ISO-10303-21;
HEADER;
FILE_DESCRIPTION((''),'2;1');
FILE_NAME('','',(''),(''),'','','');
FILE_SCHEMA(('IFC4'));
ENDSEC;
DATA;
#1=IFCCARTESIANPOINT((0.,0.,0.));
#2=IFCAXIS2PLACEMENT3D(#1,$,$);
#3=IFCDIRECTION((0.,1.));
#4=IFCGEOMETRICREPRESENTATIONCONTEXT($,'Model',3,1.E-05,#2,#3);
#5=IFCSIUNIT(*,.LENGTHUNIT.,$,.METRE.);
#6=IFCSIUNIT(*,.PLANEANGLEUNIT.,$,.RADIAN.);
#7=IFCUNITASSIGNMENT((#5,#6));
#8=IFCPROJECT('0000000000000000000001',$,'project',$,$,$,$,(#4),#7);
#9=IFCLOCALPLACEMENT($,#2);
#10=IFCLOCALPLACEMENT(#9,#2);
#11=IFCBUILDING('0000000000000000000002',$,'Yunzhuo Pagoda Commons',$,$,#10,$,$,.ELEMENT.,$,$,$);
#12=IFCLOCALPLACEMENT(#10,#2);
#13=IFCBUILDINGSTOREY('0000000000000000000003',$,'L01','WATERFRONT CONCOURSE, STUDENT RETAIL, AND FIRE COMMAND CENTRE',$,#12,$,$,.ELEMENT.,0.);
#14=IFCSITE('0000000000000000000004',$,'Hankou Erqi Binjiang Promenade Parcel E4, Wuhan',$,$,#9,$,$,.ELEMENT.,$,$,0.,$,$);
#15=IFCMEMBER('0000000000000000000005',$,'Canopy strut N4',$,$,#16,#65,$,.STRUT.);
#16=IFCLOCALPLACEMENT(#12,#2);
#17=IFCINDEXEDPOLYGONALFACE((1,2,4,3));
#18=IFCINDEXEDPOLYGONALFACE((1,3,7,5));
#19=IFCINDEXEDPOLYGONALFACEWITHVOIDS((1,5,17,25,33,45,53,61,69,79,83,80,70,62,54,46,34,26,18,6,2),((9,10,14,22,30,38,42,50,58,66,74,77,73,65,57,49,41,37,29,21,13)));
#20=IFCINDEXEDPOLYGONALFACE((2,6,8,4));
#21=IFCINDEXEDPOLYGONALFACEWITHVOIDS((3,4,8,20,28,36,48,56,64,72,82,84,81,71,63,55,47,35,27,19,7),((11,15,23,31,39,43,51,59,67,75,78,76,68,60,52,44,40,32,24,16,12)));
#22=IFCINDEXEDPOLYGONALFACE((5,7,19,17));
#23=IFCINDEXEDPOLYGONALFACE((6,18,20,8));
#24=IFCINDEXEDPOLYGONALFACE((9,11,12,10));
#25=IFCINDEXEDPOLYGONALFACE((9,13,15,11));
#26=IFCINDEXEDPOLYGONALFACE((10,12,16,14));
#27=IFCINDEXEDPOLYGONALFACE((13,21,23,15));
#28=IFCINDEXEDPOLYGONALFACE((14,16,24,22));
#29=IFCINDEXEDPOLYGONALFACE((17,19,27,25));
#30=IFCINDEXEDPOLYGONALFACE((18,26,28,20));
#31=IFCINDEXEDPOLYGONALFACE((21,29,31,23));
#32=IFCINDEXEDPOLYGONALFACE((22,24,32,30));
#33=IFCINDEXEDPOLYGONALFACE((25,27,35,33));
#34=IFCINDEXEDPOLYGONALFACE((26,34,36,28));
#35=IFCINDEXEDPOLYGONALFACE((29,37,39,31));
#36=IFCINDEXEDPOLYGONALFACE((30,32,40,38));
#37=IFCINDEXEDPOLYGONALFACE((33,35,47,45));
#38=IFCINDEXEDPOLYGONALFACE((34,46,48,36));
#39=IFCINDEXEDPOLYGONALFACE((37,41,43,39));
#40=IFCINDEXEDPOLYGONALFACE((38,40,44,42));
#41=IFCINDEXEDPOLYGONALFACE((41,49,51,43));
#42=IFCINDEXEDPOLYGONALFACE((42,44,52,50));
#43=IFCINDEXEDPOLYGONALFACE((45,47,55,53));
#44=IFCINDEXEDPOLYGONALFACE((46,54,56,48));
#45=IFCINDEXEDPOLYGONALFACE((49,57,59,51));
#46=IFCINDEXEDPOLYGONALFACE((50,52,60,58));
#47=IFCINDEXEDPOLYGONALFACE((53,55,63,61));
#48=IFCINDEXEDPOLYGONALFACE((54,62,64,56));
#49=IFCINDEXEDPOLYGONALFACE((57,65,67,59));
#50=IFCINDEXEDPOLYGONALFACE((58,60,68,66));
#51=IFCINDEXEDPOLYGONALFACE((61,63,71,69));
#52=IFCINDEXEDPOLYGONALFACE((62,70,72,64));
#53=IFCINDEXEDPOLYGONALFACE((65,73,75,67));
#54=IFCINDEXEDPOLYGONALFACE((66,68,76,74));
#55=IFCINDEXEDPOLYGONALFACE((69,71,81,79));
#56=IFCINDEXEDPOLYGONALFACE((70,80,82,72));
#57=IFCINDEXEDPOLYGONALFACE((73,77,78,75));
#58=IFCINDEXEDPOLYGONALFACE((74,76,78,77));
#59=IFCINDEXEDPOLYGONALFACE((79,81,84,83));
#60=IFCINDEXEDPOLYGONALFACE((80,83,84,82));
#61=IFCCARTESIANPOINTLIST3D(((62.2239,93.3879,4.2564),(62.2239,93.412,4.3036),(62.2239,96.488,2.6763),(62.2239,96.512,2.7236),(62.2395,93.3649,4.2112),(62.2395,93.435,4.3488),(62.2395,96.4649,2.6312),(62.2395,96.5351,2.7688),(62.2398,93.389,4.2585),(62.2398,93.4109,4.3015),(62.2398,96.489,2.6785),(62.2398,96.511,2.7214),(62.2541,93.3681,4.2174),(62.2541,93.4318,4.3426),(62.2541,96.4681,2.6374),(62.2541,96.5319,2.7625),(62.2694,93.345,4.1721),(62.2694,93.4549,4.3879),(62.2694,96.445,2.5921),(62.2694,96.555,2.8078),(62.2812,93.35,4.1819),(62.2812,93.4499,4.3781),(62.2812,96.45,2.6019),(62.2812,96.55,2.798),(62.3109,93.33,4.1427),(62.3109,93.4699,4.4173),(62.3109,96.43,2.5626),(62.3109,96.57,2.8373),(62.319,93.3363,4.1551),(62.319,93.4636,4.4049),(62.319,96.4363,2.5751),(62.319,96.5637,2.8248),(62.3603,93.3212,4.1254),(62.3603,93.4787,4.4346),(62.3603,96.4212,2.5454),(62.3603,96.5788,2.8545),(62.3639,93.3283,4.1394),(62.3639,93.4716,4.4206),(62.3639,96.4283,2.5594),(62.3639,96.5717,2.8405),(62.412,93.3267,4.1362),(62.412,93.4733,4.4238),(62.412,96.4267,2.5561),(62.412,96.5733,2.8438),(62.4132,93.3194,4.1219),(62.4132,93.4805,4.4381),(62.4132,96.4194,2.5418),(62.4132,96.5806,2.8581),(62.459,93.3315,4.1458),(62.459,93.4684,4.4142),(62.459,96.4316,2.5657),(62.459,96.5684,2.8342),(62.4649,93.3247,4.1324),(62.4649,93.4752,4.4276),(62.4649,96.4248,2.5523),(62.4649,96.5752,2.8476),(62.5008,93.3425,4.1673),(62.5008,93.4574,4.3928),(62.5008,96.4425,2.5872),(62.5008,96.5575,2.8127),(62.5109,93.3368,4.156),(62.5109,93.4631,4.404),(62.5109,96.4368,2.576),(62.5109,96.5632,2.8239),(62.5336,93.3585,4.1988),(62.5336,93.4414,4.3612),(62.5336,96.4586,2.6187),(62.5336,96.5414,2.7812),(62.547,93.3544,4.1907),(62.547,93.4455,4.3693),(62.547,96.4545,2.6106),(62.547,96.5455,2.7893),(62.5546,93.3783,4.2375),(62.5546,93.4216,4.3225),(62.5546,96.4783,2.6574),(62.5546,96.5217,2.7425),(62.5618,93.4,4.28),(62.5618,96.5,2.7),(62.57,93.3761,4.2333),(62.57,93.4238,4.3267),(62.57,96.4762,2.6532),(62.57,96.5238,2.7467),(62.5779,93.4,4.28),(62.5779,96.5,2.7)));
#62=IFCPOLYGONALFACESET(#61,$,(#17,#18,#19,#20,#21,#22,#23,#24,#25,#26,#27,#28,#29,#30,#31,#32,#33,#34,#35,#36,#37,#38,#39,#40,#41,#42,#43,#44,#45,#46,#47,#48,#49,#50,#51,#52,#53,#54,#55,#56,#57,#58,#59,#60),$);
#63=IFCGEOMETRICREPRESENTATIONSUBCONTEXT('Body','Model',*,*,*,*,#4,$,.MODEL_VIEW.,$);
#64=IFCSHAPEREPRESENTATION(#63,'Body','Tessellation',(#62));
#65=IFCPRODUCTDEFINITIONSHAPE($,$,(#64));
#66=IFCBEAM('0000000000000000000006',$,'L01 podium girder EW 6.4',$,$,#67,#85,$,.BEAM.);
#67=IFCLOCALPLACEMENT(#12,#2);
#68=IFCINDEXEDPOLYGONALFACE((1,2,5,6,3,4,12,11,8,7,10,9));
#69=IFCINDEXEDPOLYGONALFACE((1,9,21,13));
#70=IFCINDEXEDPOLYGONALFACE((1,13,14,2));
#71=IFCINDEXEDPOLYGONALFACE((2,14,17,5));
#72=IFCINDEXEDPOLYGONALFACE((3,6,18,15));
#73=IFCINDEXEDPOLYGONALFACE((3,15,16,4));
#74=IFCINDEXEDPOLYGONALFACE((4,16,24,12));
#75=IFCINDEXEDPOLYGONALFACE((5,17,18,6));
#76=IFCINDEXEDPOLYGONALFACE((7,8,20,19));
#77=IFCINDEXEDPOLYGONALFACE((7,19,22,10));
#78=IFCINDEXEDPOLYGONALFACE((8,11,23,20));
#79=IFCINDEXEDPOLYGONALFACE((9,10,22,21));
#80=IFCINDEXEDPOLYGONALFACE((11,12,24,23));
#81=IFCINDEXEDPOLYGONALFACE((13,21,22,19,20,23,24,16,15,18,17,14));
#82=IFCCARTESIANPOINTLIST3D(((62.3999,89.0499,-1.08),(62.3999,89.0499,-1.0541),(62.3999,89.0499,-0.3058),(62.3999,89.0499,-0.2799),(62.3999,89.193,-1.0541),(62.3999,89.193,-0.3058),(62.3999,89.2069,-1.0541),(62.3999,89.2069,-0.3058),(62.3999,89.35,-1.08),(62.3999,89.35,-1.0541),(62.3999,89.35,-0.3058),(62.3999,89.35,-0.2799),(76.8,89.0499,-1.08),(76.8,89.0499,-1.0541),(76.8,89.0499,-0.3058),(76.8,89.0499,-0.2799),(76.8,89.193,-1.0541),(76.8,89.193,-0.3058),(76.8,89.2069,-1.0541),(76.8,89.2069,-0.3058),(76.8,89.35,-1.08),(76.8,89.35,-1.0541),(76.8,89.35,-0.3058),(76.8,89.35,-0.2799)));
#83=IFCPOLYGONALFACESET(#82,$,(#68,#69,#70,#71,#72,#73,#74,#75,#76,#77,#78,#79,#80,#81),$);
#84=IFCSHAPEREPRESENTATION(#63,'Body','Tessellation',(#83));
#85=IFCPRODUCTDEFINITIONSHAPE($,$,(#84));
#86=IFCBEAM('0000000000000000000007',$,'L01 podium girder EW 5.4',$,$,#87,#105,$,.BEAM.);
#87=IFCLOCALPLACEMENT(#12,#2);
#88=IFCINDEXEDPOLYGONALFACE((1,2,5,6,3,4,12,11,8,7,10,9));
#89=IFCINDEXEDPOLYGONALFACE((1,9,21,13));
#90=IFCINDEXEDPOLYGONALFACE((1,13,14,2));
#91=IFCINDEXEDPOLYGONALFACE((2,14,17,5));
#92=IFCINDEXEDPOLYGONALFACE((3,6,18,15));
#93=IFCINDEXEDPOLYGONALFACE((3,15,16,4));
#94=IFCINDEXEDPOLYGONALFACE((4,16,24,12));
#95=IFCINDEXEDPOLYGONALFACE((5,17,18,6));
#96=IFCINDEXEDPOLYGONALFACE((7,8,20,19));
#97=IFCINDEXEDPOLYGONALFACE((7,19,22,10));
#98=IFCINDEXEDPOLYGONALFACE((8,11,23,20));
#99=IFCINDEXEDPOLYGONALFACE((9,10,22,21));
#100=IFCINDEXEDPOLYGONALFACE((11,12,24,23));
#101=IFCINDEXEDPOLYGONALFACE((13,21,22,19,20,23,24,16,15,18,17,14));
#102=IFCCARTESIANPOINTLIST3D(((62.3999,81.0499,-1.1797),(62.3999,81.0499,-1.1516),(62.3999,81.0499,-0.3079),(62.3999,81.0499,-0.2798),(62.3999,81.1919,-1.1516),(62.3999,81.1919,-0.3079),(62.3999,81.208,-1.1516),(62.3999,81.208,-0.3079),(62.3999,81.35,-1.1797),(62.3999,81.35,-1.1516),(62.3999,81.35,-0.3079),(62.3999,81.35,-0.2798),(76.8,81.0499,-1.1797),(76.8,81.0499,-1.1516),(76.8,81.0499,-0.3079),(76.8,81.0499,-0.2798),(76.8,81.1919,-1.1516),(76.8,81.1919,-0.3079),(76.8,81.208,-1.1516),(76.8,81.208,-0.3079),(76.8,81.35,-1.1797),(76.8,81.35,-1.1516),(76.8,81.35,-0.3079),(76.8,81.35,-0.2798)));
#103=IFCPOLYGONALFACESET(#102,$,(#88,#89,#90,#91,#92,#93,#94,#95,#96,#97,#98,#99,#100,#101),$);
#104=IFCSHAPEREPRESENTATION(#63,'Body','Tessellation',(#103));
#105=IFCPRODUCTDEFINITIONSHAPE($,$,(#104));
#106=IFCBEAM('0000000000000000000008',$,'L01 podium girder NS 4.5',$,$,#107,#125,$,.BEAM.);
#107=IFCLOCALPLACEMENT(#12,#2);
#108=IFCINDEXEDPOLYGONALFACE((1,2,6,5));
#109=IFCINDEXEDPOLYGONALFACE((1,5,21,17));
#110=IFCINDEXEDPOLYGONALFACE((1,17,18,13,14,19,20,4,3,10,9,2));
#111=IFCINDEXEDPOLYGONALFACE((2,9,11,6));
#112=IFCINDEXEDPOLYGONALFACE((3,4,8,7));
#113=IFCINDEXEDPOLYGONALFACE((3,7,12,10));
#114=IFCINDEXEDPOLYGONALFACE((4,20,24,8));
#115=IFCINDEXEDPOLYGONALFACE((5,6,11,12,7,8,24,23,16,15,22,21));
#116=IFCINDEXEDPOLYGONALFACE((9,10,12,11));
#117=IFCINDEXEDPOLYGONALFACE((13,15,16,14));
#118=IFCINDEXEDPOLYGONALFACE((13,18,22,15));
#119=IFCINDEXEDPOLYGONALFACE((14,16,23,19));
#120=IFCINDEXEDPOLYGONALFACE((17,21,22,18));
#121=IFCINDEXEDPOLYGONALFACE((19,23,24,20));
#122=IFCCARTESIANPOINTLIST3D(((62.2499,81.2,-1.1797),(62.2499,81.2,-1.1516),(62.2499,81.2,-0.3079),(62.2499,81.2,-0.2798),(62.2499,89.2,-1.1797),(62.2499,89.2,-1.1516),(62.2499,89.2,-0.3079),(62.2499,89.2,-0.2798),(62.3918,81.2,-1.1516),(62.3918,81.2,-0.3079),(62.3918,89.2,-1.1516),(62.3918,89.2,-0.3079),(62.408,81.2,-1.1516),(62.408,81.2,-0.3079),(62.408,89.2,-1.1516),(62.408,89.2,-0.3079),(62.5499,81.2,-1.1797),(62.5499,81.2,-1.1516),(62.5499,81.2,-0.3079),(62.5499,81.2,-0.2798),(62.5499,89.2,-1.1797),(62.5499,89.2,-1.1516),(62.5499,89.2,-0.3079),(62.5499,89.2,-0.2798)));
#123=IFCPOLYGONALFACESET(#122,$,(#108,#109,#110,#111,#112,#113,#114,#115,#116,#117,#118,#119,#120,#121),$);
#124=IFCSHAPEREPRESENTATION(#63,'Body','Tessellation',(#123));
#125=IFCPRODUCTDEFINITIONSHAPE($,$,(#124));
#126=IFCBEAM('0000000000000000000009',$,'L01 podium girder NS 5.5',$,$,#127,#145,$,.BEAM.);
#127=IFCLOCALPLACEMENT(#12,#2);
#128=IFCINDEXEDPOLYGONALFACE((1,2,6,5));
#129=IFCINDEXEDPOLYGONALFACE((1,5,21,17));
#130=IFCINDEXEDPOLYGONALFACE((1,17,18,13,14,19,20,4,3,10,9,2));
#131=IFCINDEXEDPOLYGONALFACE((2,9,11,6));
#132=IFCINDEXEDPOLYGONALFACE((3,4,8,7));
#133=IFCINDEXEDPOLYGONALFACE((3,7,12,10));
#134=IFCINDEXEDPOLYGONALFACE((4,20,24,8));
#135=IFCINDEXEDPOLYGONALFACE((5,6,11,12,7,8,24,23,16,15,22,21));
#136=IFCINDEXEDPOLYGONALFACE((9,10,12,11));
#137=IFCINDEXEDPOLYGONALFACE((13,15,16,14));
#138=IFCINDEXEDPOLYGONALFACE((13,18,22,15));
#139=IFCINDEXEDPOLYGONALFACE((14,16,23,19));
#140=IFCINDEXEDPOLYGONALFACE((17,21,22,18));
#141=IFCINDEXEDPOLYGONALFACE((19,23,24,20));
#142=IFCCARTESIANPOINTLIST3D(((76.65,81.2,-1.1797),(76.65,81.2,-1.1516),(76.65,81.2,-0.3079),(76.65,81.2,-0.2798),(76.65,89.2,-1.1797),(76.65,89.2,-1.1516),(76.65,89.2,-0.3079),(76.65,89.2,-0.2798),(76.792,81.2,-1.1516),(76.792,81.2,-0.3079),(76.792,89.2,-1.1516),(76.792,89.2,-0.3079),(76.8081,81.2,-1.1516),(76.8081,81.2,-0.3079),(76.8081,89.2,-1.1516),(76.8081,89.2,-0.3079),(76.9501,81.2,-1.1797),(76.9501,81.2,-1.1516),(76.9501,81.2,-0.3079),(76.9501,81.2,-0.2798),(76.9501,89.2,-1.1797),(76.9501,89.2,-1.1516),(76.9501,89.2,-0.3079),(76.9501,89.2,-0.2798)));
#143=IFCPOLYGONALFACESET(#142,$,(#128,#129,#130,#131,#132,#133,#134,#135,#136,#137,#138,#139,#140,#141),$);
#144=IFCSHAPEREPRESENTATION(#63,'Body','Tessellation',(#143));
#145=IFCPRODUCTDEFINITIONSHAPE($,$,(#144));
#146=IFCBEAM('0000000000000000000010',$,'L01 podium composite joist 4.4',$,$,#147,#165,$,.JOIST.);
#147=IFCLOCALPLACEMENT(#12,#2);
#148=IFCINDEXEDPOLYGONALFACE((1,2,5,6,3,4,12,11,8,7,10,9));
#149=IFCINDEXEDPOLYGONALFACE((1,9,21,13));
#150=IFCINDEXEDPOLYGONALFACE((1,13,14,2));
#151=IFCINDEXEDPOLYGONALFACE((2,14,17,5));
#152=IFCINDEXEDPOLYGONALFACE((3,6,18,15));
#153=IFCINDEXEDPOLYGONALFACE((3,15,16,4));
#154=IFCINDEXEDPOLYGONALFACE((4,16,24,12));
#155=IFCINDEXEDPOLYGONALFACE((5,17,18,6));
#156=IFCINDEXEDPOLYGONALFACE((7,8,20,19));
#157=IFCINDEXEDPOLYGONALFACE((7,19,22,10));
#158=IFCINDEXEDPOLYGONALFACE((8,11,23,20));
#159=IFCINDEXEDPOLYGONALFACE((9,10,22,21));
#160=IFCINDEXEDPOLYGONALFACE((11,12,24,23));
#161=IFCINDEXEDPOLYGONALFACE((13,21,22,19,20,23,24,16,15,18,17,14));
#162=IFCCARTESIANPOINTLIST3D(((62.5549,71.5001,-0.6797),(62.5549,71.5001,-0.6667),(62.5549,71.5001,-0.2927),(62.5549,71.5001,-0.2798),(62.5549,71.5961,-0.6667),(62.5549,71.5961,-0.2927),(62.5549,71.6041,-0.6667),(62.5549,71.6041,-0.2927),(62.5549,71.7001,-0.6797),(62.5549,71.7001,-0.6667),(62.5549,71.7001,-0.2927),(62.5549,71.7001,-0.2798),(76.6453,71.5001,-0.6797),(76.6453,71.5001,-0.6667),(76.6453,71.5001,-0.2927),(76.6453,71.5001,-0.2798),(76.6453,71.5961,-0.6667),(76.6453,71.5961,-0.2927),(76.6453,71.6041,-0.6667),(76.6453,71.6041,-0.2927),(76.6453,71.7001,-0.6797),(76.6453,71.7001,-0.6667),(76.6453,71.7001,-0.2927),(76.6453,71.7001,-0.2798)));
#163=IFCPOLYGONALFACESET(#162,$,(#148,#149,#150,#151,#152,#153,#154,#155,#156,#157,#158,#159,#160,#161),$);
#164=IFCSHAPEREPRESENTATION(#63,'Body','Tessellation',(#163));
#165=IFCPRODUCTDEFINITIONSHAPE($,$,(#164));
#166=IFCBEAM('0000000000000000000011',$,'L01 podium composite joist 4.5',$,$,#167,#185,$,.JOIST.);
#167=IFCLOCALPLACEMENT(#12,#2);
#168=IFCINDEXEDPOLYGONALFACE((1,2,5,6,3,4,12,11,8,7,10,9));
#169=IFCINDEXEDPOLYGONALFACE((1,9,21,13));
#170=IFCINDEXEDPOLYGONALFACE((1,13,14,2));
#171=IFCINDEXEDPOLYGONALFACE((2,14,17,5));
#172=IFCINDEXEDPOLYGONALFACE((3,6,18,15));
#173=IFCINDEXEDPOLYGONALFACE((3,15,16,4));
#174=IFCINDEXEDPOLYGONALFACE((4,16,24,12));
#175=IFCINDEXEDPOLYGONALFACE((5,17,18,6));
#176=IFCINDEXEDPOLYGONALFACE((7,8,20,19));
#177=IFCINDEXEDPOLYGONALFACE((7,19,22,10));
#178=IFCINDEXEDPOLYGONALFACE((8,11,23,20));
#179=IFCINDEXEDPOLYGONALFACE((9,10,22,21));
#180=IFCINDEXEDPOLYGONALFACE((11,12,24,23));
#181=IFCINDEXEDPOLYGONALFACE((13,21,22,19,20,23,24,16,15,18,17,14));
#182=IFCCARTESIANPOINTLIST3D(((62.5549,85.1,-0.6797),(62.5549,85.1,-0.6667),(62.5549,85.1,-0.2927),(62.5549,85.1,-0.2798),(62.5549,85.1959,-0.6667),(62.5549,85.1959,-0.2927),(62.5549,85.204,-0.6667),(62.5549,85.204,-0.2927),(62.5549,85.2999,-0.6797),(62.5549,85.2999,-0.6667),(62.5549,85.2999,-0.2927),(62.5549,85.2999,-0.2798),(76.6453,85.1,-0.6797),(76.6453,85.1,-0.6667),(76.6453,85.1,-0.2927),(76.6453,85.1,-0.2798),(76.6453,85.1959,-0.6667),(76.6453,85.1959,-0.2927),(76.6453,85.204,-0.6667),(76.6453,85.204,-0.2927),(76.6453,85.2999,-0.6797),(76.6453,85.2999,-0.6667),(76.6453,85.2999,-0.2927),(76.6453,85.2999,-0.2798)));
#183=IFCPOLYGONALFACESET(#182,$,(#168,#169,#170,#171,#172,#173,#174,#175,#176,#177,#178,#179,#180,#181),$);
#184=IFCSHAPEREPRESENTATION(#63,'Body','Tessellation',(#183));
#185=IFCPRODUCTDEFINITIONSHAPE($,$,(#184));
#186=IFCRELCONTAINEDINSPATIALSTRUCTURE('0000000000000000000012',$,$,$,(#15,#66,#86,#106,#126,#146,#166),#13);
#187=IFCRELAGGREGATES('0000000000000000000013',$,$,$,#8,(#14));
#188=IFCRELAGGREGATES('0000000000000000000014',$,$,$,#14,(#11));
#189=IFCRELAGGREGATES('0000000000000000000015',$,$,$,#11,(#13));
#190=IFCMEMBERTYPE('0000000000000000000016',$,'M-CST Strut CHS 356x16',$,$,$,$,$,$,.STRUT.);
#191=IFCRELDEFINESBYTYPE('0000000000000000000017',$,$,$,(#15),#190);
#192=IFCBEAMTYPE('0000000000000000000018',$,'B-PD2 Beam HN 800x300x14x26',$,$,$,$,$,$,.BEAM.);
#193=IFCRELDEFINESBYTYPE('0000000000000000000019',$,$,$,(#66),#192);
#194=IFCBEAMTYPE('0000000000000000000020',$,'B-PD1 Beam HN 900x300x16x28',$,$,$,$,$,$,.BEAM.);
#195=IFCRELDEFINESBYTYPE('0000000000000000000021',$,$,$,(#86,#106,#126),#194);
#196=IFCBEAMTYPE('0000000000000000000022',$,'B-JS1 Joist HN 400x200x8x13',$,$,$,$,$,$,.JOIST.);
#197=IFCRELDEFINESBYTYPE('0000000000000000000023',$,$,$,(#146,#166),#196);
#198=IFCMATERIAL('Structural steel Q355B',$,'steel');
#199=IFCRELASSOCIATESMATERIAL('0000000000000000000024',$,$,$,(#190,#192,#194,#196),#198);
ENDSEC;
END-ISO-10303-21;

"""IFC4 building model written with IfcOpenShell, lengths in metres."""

from ifc_helpers import new_model, si_unit, direction, frame, origin, origin_2d, place, context, subcontext, project, spatial, hollow_circle, i_section, extrude, source, transform, mapped, material, material_profile, profile_set, type_object, element, save


model = new_model("IFC4")

# Units and contexts
model_context = context("Model", 3, precision=1e-05, world=origin(), true_north=direction((0.0, 1.0)))
body_context = subcontext(model_context, "Body", "Model", "MODEL_VIEW")
ifc_project = project(units=[si_unit("LENGTHUNIT", "METRE"), si_unit("PLANEANGLEUNIT", "RADIAN")], contexts=[model_context])

# Site, building, storey
site_placement = place(None, origin())
site = spatial("IfcSite", under=ifc_project, at=site_placement, Name="Hankou Erqi Binjiang Promenade Parcel E4, Wuhan", CompositionType="ELEMENT", RefElevation=0.0)
building_placement = place(site_placement, origin())
building = spatial("IfcBuilding", under=site, at=building_placement, Name="Yunzhuo Pagoda Commons", CompositionType="ELEMENT")
storey_placement = place(building_placement, origin())
storey = spatial("IfcBuildingStorey", under=building, at=storey_placement, Name="L01", Description="WATERFRONT CONCOURSE, STUDENT RETAIL, AND FIRE COMMAND CENTRE", CompositionType="ELEMENT", Elevation=0.0)

# Shared definitions
ifc_material_1 = material(Name="Structural steel Q355B", Category="steel")

# Member
ifc_material_profile_1 = material_profile(ifc_material_1, hollow_circle(Radius=0.178, WallThickness=0.0161, at=origin_2d()), Name="Structural steel Q355B")
ifc_profile_set_1 = profile_set([ifc_material_profile_1], Name="Structural steel Q355B")
member_type = type_object("IfcMemberType", Name="M-CST Strut CHS 356x16", PredefinedType="STRUT", material=ifc_profile_set_1)
shared_shape_1 = source(origin(), body_context, "Body", "SweptSolid", [
    extrude(hollow_circle(Radius=0.178, WallThickness=0.0161, at=origin_2d()), origin(), (0.0, 0.0, 1.0), 3.4795),
])
for number, where, z_axis, x_axis, name in (
    (1, (62.3999, 96.5, 2.7), (0.0, -0.890948, 0.454104), (1.0, 0.0, 0.0), "Canopy strut N4"),
):
    element("IfcMember", number, at=place(storey_placement, frame(where, z_axis=z_axis, x_axis=x_axis)), inside=storey, type_object=member_type, Name=name, PredefinedType="STRUT", context=body_context, shape_type="MappedRepresentation", body=[
        mapped(shared_shape_1, transform((0.0, 0.0, 0.0), scale=1.0)),
    ])

# Beams
ifc_material_profile_2 = material_profile(ifc_material_1, i_section(OverallWidth=0.3, OverallDepth=0.8, WebThickness=0.0139, FlangeThickness=0.0259, at=origin_2d()), Name="Structural steel Q355B")
ifc_profile_set_2 = profile_set([ifc_material_profile_2], Name="Structural steel Q355B")
beam_type_1 = type_object("IfcBeamType", Name="B-PD2 Beam HN 800x300x14x26", PredefinedType="BEAM", material=ifc_profile_set_2)
shared_shape_2 = source(origin(), body_context, "Body", "SweptSolid", [
    extrude(i_section(OverallWidth=0.3, OverallDepth=0.8, WebThickness=0.0139, FlangeThickness=0.0259, at=origin_2d()), origin(), (0.0, 0.0, 1.0), 14.4001),
])
beam_1_placement = place(storey_placement, frame((62.3999, 89.2, -0.6799), z_axis=(1.0, 0.0, 0.0), x_axis=(0.0, 1.0, 0.0)))
element("IfcBeam", 2, at=beam_1_placement, inside=storey, type_object=beam_type_1, Name="L01 podium girder EW 6.4", PredefinedType="BEAM", context=body_context, shape_type="MappedRepresentation", body=[
    mapped(shared_shape_2, transform((0.0, 0.0, 0.0), scale=1.0)),
])
ifc_material_profile_3 = material_profile(ifc_material_1, i_section(OverallWidth=0.3, OverallDepth=0.8999, WebThickness=0.0161, FlangeThickness=0.0281, at=origin_2d()), Name="Structural steel Q355B")
ifc_profile_set_3 = profile_set([ifc_material_profile_3], Name="Structural steel Q355B")
beam_type_2 = type_object("IfcBeamType", Name="B-PD1 Beam HN 900x300x16x28", PredefinedType="BEAM", material=ifc_profile_set_3)
shared_shape_3 = source(origin(), body_context, "Body", "SweptSolid", [
    extrude(i_section(OverallWidth=0.3, OverallDepth=0.8999, WebThickness=0.0161, FlangeThickness=0.0281, at=origin_2d()), origin(), (0.0, 0.0, 1.0), 14.4001),
])
beam_2_placement = place(storey_placement, frame((62.3999, 81.2, -0.7297), z_axis=(1.0, 0.0, 0.0), x_axis=(0.0, 1.0, 0.0)))
element("IfcBeam", 3, at=beam_2_placement, inside=storey, type_object=beam_type_2, Name="L01 podium girder EW 5.4", PredefinedType="BEAM", context=body_context, shape_type="MappedRepresentation", body=[
    mapped(shared_shape_3, transform((0.0, 0.0, 0.0), scale=1.0)),
])
shared_shape_4 = source(origin(), body_context, "Body", "SweptSolid", [
    extrude(i_section(OverallWidth=0.3, OverallDepth=0.8999, WebThickness=0.0161, FlangeThickness=0.0281, at=origin_2d()), origin(), (0.0, 0.0, 1.0), 8.0),
])
for number, where, z_axis, x_axis, name in (
    (4, (62.3999, 81.2, -0.7297), (0.0, 1.0, 0.0), (-1.0, 0.0, 0.0), "L01 podium girder NS 4.5"),
    (5, (76.8, 81.2, -0.7297), (0.0, 1.0, 0.0), (-1.0, 0.0, 0.0), "L01 podium girder NS 5.5"),
):
    element("IfcBeam", number, at=place(storey_placement, frame(where, z_axis=z_axis, x_axis=x_axis)), inside=storey, type_object=beam_type_2, Name=name, PredefinedType="BEAM", context=body_context, shape_type="MappedRepresentation", body=[
        mapped(shared_shape_4, transform((0.0, 0.0, 0.0), scale=1.0)),
    ])
ifc_material_profile_4 = material_profile(ifc_material_1, i_section(OverallWidth=0.2, OverallDepth=0.3999, WebThickness=0.0081, FlangeThickness=0.0129, at=origin_2d()), Name="Structural steel Q355B")
ifc_profile_set_4 = profile_set([ifc_material_profile_4], Name="Structural steel Q355B")
beam_type_3 = type_object("IfcBeamType", Name="B-JS1 Joist HN 400x200x8x13", PredefinedType="JOIST", material=ifc_profile_set_4)
shared_shape_5 = source(origin(), body_context, "Body", "SweptSolid", [
    extrude(i_section(OverallWidth=0.2, OverallDepth=0.3999, WebThickness=0.0081, FlangeThickness=0.0129, at=origin_2d()), origin(), (0.0, 0.0, 1.0), 14.0903),
])
for number, where, z_axis, x_axis, name in (
    (6, (62.5549, 71.6001, -0.4797), (1.0, 0.0, 0.0), (0.0, 1.0, 0.0), "L01 podium composite joist 4.4"),
    (7, (62.5549, 85.2, -0.4797), (1.0, 0.0, 0.0), (0.0, 1.0, 0.0), "L01 podium composite joist 4.5"),
):
    element("IfcBeam", number, at=place(storey_placement, frame(where, z_axis=z_axis, x_axis=x_axis)), inside=storey, type_object=beam_type_3, Name=name, PredefinedType="JOIST", context=body_context, shape_type="MappedRepresentation", body=[
        mapped(shared_shape_5, transform((0.0, 0.0, 0.0), scale=1.0)),
    ])

save(model, "model.ifc")
